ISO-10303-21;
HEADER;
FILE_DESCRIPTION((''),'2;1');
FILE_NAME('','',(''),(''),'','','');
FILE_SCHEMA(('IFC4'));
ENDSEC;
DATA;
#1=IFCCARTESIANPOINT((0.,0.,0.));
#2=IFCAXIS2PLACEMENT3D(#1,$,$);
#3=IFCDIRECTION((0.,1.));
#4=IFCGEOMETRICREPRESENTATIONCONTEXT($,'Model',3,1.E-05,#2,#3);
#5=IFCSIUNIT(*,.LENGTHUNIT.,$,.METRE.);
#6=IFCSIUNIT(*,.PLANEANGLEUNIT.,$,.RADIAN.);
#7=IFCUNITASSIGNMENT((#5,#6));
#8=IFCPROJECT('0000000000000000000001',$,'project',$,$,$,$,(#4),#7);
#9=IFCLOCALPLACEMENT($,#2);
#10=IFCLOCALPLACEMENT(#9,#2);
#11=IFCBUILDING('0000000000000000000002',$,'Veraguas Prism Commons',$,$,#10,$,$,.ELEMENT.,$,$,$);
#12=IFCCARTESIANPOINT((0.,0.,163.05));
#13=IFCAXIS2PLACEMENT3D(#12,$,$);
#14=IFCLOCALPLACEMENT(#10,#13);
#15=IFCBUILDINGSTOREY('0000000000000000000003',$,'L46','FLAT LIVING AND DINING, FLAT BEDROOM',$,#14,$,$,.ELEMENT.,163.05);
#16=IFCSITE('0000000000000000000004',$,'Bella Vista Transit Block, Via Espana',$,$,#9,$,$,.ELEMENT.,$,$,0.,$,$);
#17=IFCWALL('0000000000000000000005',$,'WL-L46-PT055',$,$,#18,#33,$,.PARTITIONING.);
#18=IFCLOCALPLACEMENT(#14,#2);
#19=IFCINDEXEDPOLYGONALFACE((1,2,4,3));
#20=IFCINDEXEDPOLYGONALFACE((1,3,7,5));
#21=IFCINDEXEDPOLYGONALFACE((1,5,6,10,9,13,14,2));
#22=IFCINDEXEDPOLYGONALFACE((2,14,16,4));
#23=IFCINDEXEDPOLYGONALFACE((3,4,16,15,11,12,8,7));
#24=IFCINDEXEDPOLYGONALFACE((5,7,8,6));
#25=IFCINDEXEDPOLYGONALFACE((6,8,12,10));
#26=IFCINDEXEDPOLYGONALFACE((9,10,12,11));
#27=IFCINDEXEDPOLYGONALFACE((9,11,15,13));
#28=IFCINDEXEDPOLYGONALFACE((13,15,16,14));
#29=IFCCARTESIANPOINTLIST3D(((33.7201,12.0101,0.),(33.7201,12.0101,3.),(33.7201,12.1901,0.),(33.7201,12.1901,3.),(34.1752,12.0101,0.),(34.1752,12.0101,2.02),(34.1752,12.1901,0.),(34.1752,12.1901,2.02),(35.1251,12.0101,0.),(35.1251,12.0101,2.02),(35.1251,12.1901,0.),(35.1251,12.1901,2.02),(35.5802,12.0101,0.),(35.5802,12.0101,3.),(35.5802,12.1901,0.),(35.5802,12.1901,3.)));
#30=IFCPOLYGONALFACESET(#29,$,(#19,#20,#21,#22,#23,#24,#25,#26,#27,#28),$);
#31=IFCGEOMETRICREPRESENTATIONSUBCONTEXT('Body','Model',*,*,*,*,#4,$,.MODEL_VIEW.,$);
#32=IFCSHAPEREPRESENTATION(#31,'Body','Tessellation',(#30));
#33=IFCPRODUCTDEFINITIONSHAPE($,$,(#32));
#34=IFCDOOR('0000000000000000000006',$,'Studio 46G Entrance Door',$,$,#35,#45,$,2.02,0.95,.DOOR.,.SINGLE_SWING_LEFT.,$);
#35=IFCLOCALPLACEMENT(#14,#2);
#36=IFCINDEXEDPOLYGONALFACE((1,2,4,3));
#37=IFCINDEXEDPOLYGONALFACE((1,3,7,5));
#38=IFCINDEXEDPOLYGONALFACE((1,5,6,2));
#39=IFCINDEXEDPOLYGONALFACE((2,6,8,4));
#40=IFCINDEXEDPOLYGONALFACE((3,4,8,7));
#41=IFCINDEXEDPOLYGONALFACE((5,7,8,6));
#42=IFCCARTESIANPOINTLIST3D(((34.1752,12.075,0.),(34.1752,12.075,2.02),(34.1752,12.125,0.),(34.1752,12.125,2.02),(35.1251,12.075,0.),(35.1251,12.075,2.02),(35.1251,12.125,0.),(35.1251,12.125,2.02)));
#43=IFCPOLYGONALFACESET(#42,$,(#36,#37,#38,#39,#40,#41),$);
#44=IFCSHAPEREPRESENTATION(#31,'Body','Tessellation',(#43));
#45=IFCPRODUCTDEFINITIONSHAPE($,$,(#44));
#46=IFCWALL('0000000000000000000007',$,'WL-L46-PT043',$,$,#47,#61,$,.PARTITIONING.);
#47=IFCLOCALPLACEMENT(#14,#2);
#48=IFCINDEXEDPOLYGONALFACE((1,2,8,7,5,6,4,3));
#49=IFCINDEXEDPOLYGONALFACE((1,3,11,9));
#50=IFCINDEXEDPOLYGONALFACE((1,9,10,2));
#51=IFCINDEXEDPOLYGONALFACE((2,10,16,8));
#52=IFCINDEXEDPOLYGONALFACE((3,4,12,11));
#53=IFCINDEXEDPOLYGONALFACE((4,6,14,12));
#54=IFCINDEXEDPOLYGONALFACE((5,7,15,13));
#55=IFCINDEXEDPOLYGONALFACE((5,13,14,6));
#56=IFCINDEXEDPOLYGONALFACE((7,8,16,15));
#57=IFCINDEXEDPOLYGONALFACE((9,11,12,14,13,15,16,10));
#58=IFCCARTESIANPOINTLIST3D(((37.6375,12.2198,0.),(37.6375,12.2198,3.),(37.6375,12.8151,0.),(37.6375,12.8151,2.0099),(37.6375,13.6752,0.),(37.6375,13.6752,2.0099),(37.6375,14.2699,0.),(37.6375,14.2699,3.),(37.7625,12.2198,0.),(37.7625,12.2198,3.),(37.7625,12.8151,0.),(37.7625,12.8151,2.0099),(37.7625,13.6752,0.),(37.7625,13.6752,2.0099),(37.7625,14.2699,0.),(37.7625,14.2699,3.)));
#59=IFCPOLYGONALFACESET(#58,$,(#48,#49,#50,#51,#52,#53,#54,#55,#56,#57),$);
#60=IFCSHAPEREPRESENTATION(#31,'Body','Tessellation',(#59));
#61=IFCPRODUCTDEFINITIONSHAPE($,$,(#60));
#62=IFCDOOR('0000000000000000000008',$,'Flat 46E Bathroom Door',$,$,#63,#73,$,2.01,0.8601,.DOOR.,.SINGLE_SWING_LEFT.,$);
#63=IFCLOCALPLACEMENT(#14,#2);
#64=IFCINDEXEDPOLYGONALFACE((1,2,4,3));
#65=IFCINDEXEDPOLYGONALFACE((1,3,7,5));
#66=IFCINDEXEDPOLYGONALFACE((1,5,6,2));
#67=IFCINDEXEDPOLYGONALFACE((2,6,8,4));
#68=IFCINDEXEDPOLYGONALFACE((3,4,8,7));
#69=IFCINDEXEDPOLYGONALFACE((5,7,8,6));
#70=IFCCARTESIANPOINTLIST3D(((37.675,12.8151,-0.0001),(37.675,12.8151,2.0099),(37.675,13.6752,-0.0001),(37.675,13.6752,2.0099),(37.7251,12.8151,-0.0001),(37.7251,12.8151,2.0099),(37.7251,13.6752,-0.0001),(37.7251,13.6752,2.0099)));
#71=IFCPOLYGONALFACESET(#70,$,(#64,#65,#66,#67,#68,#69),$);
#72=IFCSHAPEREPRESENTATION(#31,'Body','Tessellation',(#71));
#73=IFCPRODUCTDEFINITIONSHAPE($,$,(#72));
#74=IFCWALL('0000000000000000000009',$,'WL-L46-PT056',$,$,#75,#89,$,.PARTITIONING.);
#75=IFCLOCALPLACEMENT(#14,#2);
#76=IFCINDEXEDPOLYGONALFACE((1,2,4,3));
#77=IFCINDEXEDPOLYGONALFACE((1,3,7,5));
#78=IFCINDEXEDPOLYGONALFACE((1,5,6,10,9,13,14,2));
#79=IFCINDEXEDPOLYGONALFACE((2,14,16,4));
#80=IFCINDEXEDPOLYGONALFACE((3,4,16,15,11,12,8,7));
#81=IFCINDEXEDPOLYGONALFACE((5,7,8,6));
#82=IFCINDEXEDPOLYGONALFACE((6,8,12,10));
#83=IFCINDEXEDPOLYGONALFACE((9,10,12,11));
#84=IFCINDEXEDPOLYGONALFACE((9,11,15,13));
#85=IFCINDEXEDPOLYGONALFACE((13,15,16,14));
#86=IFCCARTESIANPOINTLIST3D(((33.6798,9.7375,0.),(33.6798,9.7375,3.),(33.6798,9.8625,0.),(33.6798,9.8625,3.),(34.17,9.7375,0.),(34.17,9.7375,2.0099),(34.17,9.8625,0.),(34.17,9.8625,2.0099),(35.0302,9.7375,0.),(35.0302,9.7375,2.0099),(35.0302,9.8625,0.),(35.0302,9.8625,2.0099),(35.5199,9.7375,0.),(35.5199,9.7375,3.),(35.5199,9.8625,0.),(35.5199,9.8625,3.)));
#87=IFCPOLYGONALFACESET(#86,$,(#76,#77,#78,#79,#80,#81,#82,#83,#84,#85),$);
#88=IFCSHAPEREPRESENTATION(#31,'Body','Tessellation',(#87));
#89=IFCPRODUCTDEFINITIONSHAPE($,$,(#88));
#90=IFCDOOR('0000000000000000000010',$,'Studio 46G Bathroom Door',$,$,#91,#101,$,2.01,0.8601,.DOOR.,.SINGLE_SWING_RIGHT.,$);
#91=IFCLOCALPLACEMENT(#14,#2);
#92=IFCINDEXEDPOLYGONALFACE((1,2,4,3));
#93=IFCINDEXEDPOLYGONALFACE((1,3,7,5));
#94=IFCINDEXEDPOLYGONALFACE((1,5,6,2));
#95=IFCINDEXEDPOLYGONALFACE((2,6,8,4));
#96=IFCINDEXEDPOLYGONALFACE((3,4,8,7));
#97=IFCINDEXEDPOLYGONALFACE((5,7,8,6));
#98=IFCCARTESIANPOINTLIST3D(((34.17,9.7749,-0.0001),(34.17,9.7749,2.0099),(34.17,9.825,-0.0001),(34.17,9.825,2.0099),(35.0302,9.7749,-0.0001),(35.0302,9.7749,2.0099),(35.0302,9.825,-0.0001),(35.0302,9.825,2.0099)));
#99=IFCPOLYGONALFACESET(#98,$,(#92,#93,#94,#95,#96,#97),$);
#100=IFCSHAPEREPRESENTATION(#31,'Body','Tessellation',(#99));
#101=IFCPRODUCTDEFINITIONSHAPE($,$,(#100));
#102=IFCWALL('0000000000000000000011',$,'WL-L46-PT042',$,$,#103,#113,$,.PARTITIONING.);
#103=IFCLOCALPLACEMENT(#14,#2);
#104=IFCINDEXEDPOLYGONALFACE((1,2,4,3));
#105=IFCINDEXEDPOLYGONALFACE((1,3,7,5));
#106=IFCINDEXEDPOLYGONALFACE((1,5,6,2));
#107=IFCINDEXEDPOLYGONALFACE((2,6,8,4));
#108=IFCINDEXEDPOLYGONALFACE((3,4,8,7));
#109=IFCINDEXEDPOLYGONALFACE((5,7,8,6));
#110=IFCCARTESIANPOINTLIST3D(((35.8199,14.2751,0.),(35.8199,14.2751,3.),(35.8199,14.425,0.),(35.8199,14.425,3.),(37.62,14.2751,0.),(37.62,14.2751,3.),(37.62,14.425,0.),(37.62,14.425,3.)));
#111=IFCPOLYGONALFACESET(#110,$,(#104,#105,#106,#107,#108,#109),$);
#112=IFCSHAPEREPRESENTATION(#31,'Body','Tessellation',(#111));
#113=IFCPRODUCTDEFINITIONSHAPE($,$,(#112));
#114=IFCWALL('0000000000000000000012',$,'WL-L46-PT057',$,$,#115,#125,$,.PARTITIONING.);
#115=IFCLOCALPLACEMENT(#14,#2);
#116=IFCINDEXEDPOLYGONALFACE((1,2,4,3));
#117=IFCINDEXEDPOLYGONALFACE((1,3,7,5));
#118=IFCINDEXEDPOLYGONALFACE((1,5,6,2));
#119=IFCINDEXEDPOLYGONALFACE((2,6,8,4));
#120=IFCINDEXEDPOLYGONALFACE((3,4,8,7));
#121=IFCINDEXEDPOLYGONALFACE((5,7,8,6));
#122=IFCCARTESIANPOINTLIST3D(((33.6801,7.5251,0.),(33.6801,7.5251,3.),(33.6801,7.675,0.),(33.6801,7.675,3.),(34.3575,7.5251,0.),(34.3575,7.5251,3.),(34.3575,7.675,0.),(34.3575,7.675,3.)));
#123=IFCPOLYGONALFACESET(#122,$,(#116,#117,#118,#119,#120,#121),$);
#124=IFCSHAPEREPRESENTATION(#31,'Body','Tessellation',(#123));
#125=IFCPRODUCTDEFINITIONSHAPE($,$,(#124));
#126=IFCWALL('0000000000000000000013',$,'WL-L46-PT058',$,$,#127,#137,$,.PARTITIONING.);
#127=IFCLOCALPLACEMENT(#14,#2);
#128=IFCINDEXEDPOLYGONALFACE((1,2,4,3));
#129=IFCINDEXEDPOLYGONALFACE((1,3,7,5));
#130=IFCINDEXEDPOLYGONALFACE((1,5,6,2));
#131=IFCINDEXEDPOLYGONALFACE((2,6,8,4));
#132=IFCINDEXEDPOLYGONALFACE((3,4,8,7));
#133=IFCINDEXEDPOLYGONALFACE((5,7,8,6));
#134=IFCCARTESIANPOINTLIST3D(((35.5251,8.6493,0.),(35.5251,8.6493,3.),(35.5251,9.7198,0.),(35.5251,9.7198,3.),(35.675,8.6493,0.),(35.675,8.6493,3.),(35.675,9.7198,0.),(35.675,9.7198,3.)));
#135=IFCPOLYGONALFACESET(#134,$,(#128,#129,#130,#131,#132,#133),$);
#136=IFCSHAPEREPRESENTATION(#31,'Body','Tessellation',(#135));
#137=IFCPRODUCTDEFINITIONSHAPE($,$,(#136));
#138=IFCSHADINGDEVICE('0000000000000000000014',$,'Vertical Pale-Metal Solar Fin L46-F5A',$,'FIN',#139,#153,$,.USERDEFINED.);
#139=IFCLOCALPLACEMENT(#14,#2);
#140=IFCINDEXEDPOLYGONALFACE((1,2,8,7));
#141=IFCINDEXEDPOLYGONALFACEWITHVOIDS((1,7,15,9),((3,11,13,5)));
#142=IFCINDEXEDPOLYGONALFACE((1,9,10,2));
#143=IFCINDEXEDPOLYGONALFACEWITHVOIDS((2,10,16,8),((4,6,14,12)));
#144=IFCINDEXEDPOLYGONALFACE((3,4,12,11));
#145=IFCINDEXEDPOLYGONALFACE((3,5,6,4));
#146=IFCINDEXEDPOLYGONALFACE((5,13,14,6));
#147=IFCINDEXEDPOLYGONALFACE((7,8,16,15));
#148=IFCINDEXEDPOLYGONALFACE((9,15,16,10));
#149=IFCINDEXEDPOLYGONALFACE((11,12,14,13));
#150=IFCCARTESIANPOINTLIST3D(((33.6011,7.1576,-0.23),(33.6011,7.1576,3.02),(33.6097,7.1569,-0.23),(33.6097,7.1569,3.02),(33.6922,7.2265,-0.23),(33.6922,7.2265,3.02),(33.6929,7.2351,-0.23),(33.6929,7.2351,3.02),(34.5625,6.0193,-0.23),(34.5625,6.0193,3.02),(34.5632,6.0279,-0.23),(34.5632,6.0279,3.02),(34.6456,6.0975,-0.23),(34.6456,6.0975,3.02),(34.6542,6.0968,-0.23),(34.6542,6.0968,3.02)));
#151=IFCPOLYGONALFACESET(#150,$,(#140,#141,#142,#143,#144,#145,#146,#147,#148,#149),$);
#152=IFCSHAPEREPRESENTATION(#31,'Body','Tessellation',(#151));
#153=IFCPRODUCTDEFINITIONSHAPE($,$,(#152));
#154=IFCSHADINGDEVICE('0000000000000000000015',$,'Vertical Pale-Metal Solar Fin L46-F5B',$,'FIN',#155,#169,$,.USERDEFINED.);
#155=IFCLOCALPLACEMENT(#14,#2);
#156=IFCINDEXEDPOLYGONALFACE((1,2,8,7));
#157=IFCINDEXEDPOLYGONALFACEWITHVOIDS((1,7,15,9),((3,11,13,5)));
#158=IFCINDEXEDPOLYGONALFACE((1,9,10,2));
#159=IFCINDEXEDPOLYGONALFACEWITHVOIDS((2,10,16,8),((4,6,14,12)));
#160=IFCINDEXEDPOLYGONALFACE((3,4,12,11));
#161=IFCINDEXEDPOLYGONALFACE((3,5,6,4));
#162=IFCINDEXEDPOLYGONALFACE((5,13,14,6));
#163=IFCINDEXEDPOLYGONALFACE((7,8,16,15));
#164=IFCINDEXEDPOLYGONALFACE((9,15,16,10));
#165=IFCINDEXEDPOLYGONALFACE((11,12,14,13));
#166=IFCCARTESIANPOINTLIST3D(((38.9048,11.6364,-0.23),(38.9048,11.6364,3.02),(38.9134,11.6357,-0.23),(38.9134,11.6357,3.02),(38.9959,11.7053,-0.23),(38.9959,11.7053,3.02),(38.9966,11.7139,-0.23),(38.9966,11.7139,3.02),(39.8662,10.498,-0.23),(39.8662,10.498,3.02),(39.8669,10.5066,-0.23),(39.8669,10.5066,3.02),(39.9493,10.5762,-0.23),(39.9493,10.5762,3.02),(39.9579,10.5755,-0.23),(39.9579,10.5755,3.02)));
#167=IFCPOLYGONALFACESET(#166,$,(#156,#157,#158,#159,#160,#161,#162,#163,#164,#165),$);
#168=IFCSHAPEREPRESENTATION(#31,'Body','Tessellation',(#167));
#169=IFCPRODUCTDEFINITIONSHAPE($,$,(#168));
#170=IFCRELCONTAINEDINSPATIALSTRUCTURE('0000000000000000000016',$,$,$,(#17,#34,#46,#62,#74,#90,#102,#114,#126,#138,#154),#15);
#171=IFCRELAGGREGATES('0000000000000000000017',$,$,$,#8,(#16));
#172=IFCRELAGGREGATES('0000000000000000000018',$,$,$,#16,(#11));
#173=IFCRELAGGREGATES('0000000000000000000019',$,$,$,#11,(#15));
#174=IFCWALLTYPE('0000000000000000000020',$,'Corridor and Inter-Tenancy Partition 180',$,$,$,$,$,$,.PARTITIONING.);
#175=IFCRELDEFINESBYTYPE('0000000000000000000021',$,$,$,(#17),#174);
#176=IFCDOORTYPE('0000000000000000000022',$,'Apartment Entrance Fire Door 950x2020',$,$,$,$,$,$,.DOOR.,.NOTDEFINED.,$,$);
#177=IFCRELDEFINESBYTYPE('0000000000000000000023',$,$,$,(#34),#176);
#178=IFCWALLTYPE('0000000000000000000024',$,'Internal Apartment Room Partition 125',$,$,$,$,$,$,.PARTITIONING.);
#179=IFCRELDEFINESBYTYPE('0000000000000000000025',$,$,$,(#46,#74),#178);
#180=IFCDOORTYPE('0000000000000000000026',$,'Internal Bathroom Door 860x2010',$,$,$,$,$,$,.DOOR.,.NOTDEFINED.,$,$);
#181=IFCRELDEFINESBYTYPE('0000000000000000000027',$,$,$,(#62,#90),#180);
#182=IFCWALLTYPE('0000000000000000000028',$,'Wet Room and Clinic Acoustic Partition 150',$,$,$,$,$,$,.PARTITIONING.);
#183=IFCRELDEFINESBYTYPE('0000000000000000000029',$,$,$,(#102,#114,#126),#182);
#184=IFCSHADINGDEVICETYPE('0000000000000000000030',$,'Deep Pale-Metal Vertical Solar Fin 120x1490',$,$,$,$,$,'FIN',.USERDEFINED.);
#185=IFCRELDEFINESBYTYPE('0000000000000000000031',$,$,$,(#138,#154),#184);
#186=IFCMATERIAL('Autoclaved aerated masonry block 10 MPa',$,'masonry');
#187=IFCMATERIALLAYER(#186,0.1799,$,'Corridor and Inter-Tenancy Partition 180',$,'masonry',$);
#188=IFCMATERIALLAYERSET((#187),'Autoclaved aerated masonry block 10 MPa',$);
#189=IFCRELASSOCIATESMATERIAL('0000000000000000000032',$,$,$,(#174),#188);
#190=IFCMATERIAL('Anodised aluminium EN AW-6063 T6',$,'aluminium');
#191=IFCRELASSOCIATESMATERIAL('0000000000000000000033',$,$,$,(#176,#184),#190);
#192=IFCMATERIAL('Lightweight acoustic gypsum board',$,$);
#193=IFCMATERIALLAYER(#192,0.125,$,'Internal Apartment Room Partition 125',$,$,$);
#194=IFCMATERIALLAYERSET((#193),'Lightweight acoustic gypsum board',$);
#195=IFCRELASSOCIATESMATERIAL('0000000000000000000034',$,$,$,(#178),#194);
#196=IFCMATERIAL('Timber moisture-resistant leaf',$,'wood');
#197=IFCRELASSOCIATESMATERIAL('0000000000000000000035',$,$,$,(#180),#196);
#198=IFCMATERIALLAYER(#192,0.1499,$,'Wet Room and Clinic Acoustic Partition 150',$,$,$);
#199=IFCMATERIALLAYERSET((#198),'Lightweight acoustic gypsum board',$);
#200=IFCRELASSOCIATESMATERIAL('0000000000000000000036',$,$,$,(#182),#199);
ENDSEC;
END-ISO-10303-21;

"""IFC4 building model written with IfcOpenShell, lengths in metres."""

from ifc_helpers import new_model, si_unit, direction, frame, frame_2d, origin, origin_2d, place, context, subcontext, project, spatial, rectangle, hollow_rectangle, extrude, source, transform, mapped, material, layer, layer_set, material_profile, profile_set, type_object, element, fill, save


model = new_model("IFC4")

# Units and contexts
model_context = context("Model", 3, precision=1e-05, world=origin(), true_north=direction((0.0, 1.0)))
body_context = subcontext(model_context, "Body", "Model", "MODEL_VIEW")
ifc_project = project(units=[si_unit("LENGTHUNIT", "METRE"), si_unit("PLANEANGLEUNIT", "RADIAN")], contexts=[model_context])

# Site, building, storey
site_placement = place(None, origin())
site = spatial("IfcSite", under=ifc_project, at=site_placement, Name="Bella Vista Transit Block, Via Espana", CompositionType="ELEMENT", RefElevation=0.0)
building_placement = place(site_placement, origin())
building = spatial("IfcBuilding", under=site, at=building_placement, Name="Veraguas Prism Commons", CompositionType="ELEMENT")
storey_placement = place(building_placement, frame((0.0, 0.0, 163.05)))
storey = spatial("IfcBuildingStorey", under=building, at=storey_placement, Name="L46", Description="FLAT LIVING AND DINING, FLAT BEDROOM", CompositionType="ELEMENT", Elevation=163.05)

# Shared definitions
ifc_material_1 = material(Name="Anodised aluminium EN AW-6063 T6", Category="aluminium")

# Shared definitions
ifc_material_2 = material(Name="Autoclaved aerated masonry block 10 MPa", Category="masonry")
ifc_layer_1 = layer(ifc_material_2, 0.1799, Name="Corridor and Inter-Tenancy Partition 180", Category="masonry")
ifc_layer_set_1 = layer_set([ifc_layer_1], Name="Autoclaved aerated masonry block 10 MPa")
wall_type_1 = type_object("IfcWallType", Name="Corridor and Inter-Tenancy Partition 180", PredefinedType="PARTITIONING", material=ifc_layer_set_1)

# Walls, openings, doors
door_type_1 = type_object("IfcDoorType", Name="Apartment Entrance Fire Door 950x2020", OperationType="NOTDEFINED", PredefinedType="DOOR", material=ifc_material_1)
shared_shape_1 = source(origin(), body_context, "Body", "SweptSolid", [
    extrude(rectangle(XDim=0.95, YDim=2.02, at=frame_2d((0.4751, 1.01))), frame((0.0, 0.0249, 0.0), z_axis=(0.0, -1.0, 0.0), x_axis=(1.0, 0.0, 0.0)), (0.0, 0.0, 1.0), 0.05),
])
wall_1_placement = place(storey_placement, frame((33.72, 12.1001, 0.0), z_axis=(0.0, 0.0, 1.0), x_axis=(1.0, 0.0, 0.0)))
wall_1 = element("IfcWall", 1, at=wall_1_placement, inside=storey, type_object=wall_type_1, Name="WL-L46-PT055", PredefinedType="PARTITIONING", context=body_context, shape_type="SweptSolid", body=[
    extrude(rectangle(XDim=1.8601, YDim=0.1799, at=frame_2d((0.9302, 0.0))), origin(), (0.0, 0.0, 1.0), 3.0),
])
opening_1_placement = place(wall_1_placement, frame((0.4551, 0.0, 0.0)))
opening_1 = element("IfcOpeningElement", 2, at=opening_1_placement, cuts=wall_1, PredefinedType="OPENING", context=body_context, shape_type="SweptSolid", body=[
    extrude(rectangle(XDim=0.95, YDim=2.02, at=frame_2d((0.4751, 1.01))), frame((0.0, 0.0999, 0.0), z_axis=(0.0, -1.0, 0.0), x_axis=(1.0, 0.0, 0.0)), (0.0, 0.0, 1.0), 0.2),
])
door_1_placement = place(opening_1_placement, origin())
door_1 = element("IfcDoor", 3, at=door_1_placement, inside=storey, type_object=door_type_1, Name="Studio 46G Entrance Door", OperationType="SINGLE_SWING_LEFT", OverallHeight=2.02, OverallWidth=0.95, PredefinedType="DOOR", context=body_context, shape_type="MappedRepresentation", body=[
    mapped(shared_shape_1, transform((0.0, 0.0, 0.0), scale=1.0)),
])
fill(opening_1, door_1)
ifc_material_3 = material(Name="Lightweight acoustic gypsum board")
ifc_layer_2 = layer(ifc_material_3, 0.125, Name="Internal Apartment Room Partition 125")
ifc_layer_set_2 = layer_set([ifc_layer_2], Name="Lightweight acoustic gypsum board")
wall_type_2 = type_object("IfcWallType", Name="Internal Apartment Room Partition 125", PredefinedType="PARTITIONING", material=ifc_layer_set_2)
wall_2_placement = place(storey_placement, frame((37.7, 12.22, 0.0), z_axis=(0.0, 0.0, 1.0), x_axis=(0.0, 1.0, 0.0)))
wall_2 = element("IfcWall", 4, at=wall_2_placement, inside=storey, type_object=wall_type_2, Name="WL-L46-PT043", PredefinedType="PARTITIONING", context=body_context, shape_type="SweptSolid", body=[
    extrude(rectangle(XDim=2.05, YDim=0.125, at=frame_2d((1.0249, 0.0))), origin(), (0.0, 0.0, 1.0), 3.0),
])
opening_2_placement = place(wall_2_placement, frame((0.595, 0.0, 0.0)))
opening_2 = element("IfcOpeningElement", 5, at=opening_2_placement, cuts=wall_2, PredefinedType="OPENING", context=body_context, shape_type="SweptSolid", body=[
    extrude(rectangle(XDim=0.8601, YDim=2.01, at=frame_2d((0.4302, 1.0049))), frame((0.0, 0.0725, 0.0), z_axis=(0.0, -1.0, 0.0), x_axis=(1.0, 0.0, 0.0)), (0.0, 0.0, 1.0), 0.145),
])
ifc_material_4 = material(Name="Timber moisture-resistant leaf", Category="wood")
door_type_2 = type_object("IfcDoorType", Name="Internal Bathroom Door 860x2010", OperationType="NOTDEFINED", PredefinedType="DOOR", material=ifc_material_4)
shared_shape_2 = source(origin(), body_context, "Body", "SweptSolid", [
    extrude(rectangle(XDim=0.8601, YDim=2.01, at=frame_2d((0.4302, 1.0049))), frame((0.0, 0.0249, 0.0), z_axis=(0.0, -1.0, 0.0), x_axis=(1.0, 0.0, 0.0)), (0.0, 0.0, 1.0), 0.05),
])
door_2_placement = place(opening_2_placement, origin())
door_2 = element("IfcDoor", 6, at=door_2_placement, inside=storey, type_object=door_type_2, Name="Flat 46E Bathroom Door", OperationType="SINGLE_SWING_LEFT", OverallHeight=2.01, OverallWidth=0.8601, PredefinedType="DOOR", context=body_context, shape_type="MappedRepresentation", body=[
    mapped(shared_shape_2, transform((0.0, 0.0, 0.0), scale=1.0)),
])
fill(opening_2, door_2)
wall_3_placement = place(storey_placement, frame((33.6799, 9.8, 0.0), z_axis=(0.0, 0.0, 1.0), x_axis=(1.0, 0.0, 0.0)))
wall_3 = element("IfcWall", 7, at=wall_3_placement, inside=storey, type_object=wall_type_2, Name="WL-L46-PT056", PredefinedType="PARTITIONING", context=body_context, shape_type="SweptSolid", body=[
    extrude(rectangle(XDim=1.8401, YDim=0.125, at=frame_2d((0.9199, 0.0))), origin(), (0.0, 0.0, 1.0), 3.0),
])
opening_3_placement = place(wall_3_placement, frame((0.49, 0.0, 0.0)))
opening_3 = element("IfcOpeningElement", 8, at=opening_3_placement, cuts=wall_3, PredefinedType="OPENING", context=body_context, shape_type="SweptSolid", body=[
    extrude(rectangle(XDim=0.8601, YDim=2.01, at=frame_2d((0.4302, 1.0049))), frame((0.0, 0.0725, 0.0), z_axis=(0.0, -1.0, 0.0), x_axis=(1.0, 0.0, 0.0)), (0.0, 0.0, 1.0), 0.145),
])
door_3_placement = place(opening_3_placement, origin())
door_3 = element("IfcDoor", 9, at=door_3_placement, inside=storey, type_object=door_type_2, Name="Studio 46G Bathroom Door", OperationType="SINGLE_SWING_RIGHT", OverallHeight=2.01, OverallWidth=0.8601, PredefinedType="DOOR", context=body_context, shape_type="MappedRepresentation", body=[
    mapped(shared_shape_2, transform((0.0, 0.0, 0.0), scale=1.0)),
])
fill(opening_3, door_3)

# Walls
ifc_layer_3 = layer(ifc_material_3, 0.1499, Name="Wet Room and Clinic Acoustic Partition 150")
ifc_layer_set_3 = layer_set([ifc_layer_3], Name="Lightweight acoustic gypsum board")
wall_type_3 = type_object("IfcWallType", Name="Wet Room and Clinic Acoustic Partition 150", PredefinedType="PARTITIONING", material=ifc_layer_set_3)
wall_4_placement = place(storey_placement, frame((35.8201, 14.3501, 0.0), z_axis=(0.0, 0.0, 1.0), x_axis=(1.0, 0.0, 0.0)))
element("IfcWall", 10, at=wall_4_placement, inside=storey, type_object=wall_type_3, Name="WL-L46-PT042", PredefinedType="PARTITIONING", context=body_context, shape_type="SweptSolid", body=[
    extrude(rectangle(XDim=1.8, YDim=0.1499, at=frame_2d((0.8999, 0.0))), origin(), (0.0, 0.0, 1.0), 3.0),
])
wall_5_placement = place(storey_placement, frame((33.6799, 7.6001, 0.0), z_axis=(0.0, 0.0, 1.0), x_axis=(1.0, 0.0, 0.0)))
element("IfcWall", 11, at=wall_5_placement, inside=storey, type_object=wall_type_3, Name="WL-L46-PT057", PredefinedType="PARTITIONING", context=body_context, shape_type="SweptSolid", body=[
    extrude(rectangle(XDim=0.6775, YDim=0.1499, at=frame_2d((0.3389, 0.0))), origin(), (0.0, 0.0, 1.0), 3.0),
])
wall_6_placement = place(storey_placement, frame((35.6001, 8.6494, 0.0), z_axis=(0.0, 0.0, 1.0), x_axis=(0.0, 1.0, 0.0)))
element("IfcWall", 12, at=wall_6_placement, inside=storey, type_object=wall_type_3, Name="WL-L46-PT058", PredefinedType="PARTITIONING", context=body_context, shape_type="SweptSolid", body=[
    extrude(rectangle(XDim=1.0706, YDim=0.1499, at=frame_2d((0.5352, 0.0))), origin(), (0.0, 0.0, 1.0), 3.0),
])

# Shading devices
ifc_material_profile_1 = material_profile(ifc_material_1, hollow_rectangle(XDim=0.1201, YDim=1.49, WallThickness=0.0061, at=origin_2d()), Name="FIN120X1490X6")
ifc_profile_set_1 = profile_set([ifc_material_profile_1], Name="Anodised aluminium EN AW-6063 T6")
shading_device_type = type_object("IfcShadingDeviceType", Name="Deep Pale-Metal Vertical Solar Fin 120x1490", ElementType="FIN", PredefinedType="USERDEFINED", material=ifc_profile_set_1)
for number, where, z_axis, x_axis, name in (
    (13, (34.1277, 6.6272, -0.23), (0.0, 0.0, 1.0), (0.76402, 0.645192, 0.0), "Vertical Pale-Metal Solar Fin L46-F5A"),
    (14, (39.4314, 11.106, -0.23), (0.0, 0.0, 1.0), (0.76402, 0.645192, 0.0), "Vertical Pale-Metal Solar Fin L46-F5B"),
):
    element("IfcShadingDevice", number, at=place(storey_placement, frame(where, z_axis=z_axis, x_axis=x_axis)), inside=storey, type_object=shading_device_type, Name=name, ObjectType="FIN", PredefinedType="USERDEFINED", context=body_context, shape_type="SweptSolid", body=[
        extrude(hollow_rectangle(XDim=0.1201, YDim=1.49, WallThickness=0.0061, at=origin_2d()), origin(), (0.0, 0.0, 1.0), 3.25),
    ])

save(model, "model.ifc")
